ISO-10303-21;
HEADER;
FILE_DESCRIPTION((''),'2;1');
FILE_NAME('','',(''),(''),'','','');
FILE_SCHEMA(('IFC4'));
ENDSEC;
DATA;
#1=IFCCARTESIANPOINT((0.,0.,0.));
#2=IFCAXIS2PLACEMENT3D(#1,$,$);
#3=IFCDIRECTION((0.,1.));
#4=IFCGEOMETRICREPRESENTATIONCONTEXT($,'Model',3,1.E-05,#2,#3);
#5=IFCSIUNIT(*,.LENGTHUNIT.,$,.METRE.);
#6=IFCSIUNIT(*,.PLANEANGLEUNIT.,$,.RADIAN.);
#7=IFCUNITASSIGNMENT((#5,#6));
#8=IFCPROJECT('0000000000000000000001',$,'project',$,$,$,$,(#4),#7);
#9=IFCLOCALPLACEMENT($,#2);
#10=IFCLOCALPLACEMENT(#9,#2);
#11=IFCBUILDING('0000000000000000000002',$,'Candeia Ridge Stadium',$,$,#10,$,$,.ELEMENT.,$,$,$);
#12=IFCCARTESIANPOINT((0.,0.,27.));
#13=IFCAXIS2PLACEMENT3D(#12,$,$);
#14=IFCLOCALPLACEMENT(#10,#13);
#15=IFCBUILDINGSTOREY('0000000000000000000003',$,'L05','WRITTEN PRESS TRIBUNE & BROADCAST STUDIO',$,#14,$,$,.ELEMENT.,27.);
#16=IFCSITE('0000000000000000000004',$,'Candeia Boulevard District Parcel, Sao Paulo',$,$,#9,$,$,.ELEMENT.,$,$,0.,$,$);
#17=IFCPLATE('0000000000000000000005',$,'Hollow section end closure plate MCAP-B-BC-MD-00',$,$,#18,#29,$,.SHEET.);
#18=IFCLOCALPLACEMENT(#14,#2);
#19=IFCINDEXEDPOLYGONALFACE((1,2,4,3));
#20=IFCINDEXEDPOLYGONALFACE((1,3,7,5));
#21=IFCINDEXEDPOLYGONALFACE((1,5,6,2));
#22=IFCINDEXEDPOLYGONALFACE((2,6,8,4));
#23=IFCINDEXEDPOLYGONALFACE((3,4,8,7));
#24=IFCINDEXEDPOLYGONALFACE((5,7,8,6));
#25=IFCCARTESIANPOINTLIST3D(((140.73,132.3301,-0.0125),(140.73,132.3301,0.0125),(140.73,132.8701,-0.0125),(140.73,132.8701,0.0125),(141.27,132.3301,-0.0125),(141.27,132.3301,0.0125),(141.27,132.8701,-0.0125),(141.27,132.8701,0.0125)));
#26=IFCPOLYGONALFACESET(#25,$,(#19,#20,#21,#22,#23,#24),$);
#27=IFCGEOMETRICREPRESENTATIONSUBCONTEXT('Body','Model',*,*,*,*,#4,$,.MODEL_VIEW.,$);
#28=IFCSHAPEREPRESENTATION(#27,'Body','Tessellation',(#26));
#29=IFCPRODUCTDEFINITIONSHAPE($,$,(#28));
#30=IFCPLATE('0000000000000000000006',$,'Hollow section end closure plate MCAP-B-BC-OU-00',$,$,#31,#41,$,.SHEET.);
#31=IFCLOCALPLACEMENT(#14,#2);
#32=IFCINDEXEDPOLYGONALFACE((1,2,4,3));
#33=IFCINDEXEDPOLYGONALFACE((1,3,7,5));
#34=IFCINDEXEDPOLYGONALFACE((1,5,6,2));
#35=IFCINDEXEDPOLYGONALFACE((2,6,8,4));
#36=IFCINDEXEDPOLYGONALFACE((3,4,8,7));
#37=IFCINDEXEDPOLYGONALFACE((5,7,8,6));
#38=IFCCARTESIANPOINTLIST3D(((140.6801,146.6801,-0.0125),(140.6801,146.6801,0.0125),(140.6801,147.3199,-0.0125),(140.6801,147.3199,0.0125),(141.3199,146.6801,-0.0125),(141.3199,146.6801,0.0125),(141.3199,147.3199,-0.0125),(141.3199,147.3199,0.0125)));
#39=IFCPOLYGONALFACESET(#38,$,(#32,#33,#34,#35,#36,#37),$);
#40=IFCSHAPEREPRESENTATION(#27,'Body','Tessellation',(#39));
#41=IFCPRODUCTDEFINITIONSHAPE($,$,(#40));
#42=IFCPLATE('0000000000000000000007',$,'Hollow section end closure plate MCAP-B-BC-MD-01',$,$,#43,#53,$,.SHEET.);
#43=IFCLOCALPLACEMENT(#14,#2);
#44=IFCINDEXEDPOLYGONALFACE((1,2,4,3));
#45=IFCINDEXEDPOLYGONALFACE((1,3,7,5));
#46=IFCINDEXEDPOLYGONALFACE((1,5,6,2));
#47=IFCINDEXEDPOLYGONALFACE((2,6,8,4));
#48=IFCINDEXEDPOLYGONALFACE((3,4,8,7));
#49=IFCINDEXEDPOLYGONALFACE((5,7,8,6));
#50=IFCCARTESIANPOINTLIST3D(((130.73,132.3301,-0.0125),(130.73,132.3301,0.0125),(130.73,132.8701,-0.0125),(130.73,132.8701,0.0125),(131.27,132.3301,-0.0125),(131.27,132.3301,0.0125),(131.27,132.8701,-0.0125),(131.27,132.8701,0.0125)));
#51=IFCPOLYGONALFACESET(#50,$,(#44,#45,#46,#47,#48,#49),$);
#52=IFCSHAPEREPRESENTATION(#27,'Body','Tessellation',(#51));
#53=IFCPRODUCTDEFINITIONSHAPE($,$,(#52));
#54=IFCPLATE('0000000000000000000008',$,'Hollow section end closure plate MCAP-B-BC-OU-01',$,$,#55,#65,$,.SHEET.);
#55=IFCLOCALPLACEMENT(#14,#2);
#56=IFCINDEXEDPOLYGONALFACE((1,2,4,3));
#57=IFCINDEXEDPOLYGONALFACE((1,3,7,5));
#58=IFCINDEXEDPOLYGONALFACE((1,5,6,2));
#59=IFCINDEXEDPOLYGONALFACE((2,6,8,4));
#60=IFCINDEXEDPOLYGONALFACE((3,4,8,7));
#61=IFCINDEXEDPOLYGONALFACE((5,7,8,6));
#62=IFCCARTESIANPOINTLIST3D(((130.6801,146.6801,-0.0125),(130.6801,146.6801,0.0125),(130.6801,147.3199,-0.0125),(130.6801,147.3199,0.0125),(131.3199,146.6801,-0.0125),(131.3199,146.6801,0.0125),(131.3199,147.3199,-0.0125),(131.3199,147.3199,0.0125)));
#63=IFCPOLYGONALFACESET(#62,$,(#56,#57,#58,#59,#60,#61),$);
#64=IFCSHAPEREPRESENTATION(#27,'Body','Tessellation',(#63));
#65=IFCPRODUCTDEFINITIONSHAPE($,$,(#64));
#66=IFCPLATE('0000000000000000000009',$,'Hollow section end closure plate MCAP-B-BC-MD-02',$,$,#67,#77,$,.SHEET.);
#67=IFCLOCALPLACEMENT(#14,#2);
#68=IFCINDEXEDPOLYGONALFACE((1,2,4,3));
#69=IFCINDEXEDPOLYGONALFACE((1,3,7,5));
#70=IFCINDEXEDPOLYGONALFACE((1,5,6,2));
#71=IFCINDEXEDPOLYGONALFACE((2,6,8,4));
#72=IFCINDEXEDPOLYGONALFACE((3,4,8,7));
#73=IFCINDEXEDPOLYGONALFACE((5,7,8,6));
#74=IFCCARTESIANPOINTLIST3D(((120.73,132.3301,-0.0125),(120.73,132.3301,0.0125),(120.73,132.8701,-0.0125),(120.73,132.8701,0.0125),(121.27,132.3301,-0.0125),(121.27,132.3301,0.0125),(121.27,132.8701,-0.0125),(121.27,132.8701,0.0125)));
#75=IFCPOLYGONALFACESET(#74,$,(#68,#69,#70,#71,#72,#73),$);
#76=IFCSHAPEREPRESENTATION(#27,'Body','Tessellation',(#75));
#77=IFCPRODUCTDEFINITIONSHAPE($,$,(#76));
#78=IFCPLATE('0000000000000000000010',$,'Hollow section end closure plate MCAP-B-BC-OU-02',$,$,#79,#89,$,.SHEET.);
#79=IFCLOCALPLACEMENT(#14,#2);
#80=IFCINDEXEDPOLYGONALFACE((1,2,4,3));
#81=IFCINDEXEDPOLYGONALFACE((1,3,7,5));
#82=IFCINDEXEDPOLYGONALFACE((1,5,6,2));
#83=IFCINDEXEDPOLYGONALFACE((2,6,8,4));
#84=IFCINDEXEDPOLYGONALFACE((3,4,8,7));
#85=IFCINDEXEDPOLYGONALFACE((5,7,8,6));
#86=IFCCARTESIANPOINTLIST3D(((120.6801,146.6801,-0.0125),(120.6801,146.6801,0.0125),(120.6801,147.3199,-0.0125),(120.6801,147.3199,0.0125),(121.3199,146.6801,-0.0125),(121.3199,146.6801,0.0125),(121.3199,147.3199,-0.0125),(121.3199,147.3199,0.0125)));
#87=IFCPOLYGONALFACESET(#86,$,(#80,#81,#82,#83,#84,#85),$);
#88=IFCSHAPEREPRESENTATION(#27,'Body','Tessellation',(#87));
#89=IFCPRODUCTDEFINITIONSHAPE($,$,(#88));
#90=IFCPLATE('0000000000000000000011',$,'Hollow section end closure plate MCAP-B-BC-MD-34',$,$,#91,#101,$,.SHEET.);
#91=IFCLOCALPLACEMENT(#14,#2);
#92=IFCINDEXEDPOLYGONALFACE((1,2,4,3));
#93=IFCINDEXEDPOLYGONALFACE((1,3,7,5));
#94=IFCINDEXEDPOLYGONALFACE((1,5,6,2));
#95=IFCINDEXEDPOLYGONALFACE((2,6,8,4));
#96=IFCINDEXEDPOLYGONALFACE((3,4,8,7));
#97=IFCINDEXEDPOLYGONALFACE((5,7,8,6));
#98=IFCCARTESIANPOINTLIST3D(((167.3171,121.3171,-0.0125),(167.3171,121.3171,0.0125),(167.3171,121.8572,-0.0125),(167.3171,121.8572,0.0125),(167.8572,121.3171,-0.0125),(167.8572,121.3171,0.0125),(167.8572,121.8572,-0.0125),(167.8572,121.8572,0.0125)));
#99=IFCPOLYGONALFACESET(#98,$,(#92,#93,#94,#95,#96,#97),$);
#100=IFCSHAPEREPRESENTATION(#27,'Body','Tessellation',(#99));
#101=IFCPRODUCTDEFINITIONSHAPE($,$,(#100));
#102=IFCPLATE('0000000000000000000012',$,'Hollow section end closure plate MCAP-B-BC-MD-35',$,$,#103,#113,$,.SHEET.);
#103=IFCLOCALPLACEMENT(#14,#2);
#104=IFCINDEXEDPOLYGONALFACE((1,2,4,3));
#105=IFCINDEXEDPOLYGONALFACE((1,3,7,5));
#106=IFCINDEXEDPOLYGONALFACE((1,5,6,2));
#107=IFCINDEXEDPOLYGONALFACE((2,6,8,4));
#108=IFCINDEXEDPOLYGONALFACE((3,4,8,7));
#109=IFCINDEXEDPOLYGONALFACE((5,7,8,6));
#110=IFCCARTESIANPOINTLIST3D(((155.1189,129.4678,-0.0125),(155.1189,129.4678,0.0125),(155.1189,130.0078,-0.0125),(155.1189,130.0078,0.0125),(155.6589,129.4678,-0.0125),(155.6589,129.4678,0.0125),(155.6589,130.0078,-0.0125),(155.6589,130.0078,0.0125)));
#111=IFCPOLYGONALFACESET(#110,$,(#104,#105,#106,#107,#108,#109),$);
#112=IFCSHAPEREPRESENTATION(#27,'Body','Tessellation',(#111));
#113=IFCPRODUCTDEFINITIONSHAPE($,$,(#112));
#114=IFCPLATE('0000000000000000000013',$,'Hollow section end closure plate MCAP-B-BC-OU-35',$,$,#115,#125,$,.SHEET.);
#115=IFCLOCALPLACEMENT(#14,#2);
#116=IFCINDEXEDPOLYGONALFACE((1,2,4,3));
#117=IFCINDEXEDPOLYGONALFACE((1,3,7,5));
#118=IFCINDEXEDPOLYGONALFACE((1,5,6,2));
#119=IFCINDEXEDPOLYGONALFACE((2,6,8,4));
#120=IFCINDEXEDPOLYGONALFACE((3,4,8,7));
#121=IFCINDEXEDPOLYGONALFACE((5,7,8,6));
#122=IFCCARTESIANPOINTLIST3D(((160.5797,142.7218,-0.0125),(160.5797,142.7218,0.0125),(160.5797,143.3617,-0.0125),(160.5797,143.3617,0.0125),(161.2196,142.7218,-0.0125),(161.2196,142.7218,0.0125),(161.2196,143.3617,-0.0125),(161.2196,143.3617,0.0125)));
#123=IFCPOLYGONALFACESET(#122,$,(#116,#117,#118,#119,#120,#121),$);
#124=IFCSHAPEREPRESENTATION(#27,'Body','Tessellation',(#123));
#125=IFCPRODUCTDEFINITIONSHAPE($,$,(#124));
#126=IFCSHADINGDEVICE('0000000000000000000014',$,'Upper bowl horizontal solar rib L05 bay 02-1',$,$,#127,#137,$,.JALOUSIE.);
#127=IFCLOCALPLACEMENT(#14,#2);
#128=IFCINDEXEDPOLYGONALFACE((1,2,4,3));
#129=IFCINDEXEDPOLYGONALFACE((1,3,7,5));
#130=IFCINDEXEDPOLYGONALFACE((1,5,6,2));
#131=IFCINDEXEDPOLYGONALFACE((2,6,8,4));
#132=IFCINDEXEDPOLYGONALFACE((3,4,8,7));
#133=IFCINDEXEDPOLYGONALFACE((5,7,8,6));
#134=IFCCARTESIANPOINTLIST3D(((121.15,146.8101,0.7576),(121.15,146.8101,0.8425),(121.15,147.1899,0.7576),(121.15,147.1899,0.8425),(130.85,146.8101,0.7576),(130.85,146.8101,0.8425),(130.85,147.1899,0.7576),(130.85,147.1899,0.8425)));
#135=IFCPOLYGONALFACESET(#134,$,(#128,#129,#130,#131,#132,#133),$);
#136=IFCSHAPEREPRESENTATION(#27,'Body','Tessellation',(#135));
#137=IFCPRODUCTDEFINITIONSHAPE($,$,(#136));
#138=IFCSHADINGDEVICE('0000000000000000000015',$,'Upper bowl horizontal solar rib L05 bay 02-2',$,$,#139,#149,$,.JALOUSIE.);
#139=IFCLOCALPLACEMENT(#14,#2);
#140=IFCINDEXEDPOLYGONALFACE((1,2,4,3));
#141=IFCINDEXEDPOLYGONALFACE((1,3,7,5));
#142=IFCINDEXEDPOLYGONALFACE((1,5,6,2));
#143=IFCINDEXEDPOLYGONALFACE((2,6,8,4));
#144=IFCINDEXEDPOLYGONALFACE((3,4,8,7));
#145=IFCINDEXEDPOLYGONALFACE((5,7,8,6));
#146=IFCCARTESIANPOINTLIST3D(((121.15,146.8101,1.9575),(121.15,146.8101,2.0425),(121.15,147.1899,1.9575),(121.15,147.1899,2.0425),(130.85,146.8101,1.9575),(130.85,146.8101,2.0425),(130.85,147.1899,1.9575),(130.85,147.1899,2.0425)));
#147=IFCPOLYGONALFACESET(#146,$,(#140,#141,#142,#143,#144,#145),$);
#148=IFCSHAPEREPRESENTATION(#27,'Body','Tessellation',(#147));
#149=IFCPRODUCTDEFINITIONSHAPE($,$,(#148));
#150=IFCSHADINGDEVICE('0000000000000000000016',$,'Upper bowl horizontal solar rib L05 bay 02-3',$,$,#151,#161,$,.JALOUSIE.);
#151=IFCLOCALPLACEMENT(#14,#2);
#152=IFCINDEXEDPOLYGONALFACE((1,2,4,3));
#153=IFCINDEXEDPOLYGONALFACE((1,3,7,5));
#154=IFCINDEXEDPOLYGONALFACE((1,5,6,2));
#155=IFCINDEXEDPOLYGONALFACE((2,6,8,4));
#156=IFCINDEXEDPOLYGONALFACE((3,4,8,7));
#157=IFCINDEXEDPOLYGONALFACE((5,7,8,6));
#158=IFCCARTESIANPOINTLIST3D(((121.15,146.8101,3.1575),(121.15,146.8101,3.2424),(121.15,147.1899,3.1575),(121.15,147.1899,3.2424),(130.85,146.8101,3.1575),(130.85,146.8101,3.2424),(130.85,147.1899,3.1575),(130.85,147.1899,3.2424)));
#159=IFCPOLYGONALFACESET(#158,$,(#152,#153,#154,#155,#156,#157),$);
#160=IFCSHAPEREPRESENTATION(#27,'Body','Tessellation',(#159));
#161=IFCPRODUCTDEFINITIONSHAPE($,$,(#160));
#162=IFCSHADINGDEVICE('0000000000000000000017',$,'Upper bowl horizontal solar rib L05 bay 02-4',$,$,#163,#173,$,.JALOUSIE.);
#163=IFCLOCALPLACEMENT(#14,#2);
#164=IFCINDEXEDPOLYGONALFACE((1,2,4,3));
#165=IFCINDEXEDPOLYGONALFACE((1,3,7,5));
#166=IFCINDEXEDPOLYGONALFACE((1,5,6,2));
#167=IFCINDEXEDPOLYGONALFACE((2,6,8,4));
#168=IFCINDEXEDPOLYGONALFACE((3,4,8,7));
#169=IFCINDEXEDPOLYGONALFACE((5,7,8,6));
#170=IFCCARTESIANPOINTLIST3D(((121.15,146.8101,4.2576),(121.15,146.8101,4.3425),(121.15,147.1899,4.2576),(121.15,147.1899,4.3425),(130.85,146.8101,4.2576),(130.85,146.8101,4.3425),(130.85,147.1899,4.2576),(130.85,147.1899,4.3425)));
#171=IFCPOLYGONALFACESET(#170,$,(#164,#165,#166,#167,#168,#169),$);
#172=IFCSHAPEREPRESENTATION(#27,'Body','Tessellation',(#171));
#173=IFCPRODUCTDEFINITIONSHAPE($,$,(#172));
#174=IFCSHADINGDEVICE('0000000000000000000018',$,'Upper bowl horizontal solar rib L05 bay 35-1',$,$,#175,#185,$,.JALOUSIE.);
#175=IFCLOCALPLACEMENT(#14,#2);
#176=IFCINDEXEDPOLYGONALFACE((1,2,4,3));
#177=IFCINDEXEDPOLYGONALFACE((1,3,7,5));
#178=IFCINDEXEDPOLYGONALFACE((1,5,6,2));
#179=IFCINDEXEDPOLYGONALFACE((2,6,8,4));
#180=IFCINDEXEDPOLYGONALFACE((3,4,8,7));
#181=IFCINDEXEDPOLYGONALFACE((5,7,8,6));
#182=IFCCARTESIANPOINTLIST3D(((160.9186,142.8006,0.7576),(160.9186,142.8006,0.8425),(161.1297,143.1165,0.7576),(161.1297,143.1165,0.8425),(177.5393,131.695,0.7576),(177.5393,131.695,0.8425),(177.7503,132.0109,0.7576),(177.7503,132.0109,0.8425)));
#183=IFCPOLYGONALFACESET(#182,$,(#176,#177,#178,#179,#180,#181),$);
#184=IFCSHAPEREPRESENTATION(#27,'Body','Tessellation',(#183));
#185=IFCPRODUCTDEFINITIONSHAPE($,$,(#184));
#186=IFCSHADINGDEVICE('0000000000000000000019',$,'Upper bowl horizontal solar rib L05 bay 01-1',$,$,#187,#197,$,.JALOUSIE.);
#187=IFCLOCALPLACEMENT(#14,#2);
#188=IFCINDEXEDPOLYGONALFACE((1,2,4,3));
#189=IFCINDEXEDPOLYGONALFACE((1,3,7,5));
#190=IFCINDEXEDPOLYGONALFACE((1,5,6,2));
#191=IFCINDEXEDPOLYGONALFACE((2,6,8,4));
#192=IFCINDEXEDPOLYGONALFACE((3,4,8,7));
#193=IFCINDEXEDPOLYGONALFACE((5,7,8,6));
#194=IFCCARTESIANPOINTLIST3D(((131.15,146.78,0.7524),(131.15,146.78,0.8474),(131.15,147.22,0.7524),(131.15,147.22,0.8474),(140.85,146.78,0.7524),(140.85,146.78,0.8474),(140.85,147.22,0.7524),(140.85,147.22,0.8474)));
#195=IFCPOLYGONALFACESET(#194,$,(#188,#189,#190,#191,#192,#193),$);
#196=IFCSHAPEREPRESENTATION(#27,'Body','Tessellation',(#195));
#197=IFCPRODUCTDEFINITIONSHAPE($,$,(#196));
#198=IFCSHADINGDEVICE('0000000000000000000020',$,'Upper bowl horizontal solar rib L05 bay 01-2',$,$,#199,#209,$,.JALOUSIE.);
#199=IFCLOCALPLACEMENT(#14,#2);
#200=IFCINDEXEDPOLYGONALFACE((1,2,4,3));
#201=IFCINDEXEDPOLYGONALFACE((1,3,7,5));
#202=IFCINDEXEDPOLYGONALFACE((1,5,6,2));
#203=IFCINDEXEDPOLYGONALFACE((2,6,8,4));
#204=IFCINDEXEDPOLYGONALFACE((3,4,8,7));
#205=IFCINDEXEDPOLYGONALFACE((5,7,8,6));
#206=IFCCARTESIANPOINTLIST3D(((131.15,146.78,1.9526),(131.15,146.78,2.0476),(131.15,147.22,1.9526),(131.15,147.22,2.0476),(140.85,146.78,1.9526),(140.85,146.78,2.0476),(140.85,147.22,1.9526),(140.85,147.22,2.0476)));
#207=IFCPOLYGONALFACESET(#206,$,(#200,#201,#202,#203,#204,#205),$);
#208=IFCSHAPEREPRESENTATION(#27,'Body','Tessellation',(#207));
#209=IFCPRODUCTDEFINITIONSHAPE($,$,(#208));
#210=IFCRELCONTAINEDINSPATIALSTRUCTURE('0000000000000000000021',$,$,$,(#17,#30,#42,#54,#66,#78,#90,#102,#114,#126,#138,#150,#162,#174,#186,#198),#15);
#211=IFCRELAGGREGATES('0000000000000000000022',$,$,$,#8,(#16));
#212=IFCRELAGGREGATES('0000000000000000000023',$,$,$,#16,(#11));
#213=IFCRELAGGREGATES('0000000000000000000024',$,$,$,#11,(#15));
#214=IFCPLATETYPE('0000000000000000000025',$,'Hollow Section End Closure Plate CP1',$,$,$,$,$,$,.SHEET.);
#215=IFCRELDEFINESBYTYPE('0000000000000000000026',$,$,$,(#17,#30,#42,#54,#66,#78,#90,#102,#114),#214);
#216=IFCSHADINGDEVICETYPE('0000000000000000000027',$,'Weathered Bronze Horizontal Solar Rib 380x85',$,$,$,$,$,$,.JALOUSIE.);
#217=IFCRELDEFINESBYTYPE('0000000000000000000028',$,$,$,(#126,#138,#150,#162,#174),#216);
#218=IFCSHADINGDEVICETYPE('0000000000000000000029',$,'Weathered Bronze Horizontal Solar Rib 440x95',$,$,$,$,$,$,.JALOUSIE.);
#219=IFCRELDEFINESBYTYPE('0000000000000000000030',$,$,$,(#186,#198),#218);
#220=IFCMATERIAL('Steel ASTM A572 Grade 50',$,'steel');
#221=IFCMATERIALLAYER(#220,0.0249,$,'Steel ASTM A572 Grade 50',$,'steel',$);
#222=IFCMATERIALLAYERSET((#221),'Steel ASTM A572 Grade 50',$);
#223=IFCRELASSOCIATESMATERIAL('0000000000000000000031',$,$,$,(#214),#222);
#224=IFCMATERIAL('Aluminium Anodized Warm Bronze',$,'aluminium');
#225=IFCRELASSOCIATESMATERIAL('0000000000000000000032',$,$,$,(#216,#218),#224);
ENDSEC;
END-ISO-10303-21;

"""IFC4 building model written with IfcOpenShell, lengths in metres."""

from ifc_helpers import new_model, si_unit, direction, frame, origin, origin_2d, place, context, subcontext, project, spatial, rectangle, extrude, material, layer, layer_set, type_object, element, save


model = new_model("IFC4")

# Units and contexts
model_context = context("Model", 3, precision=1e-05, world=origin(), true_north=direction((0.0, 1.0)))
body_context = subcontext(model_context, "Body", "Model", "MODEL_VIEW")
ifc_project = project(units=[si_unit("LENGTHUNIT", "METRE"), si_unit("PLANEANGLEUNIT", "RADIAN")], contexts=[model_context])

# Site, building, storey
site_placement = place(None, origin())
site = spatial("IfcSite", under=ifc_project, at=site_placement, Name="Candeia Boulevard District Parcel, Sao Paulo", CompositionType="ELEMENT", RefElevation=0.0)
building_placement = place(site_placement, origin())
building = spatial("IfcBuilding", under=site, at=building_placement, Name="Candeia Ridge Stadium", CompositionType="ELEMENT")
storey_placement = place(building_placement, frame((0.0, 0.0, 27.0)))
storey = spatial("IfcBuildingStorey", under=building, at=storey_placement, Name="L05", Description="WRITTEN PRESS TRIBUNE & BROADCAST STUDIO", CompositionType="ELEMENT", Elevation=27.0)

# Shared definitions
ifc_material_1 = material(Name="Steel ASTM A572 Grade 50", Category="steel")

# Plates
ifc_layer = layer(ifc_material_1, 0.0249, Name="Steel ASTM A572 Grade 50", Category="steel")
ifc_layer_set = layer_set([ifc_layer], Name="Steel ASTM A572 Grade 50")
plate_type = type_object("IfcPlateType", Name="Hollow Section End Closure Plate CP1", PredefinedType="SHEET", material=ifc_layer_set)
plate_1_placement = place(storey_placement, frame((141.0, 132.6001, -0.0125), z_axis=(0.0, 0.0, 1.0), x_axis=(1.0, 0.0, 0.0)))
element("IfcPlate", 1, at=plate_1_placement, inside=storey, type_object=plate_type, Name="Hollow section end closure plate MCAP-B-BC-MD-00", PredefinedType="SHEET", context=body_context, shape_type="SweptSolid", body=[
    extrude(rectangle(XDim=0.54, YDim=0.54, at=origin_2d()), origin(), (0.0, 0.0, 1.0), 0.0249),
])
plate_2_placement = place(storey_placement, frame((141.0, 147.0, -0.0125), z_axis=(0.0, 0.0, 1.0), x_axis=(1.0, 0.0, 0.0)))
element("IfcPlate", 2, at=plate_2_placement, inside=storey, type_object=plate_type, Name="Hollow section end closure plate MCAP-B-BC-OU-00", PredefinedType="SHEET", context=body_context, shape_type="SweptSolid", body=[
    extrude(rectangle(XDim=0.6399, YDim=0.6399, at=origin_2d()), origin(), (0.0, 0.0, 1.0), 0.0249),
])
plate_3_placement = place(storey_placement, frame((131.0, 132.6001, -0.0125), z_axis=(0.0, 0.0, 1.0), x_axis=(1.0, 0.0, 0.0)))
element("IfcPlate", 3, at=plate_3_placement, inside=storey, type_object=plate_type, Name="Hollow section end closure plate MCAP-B-BC-MD-01", PredefinedType="SHEET", context=body_context, shape_type="SweptSolid", body=[
    extrude(rectangle(XDim=0.54, YDim=0.54, at=origin_2d()), origin(), (0.0, 0.0, 1.0), 0.0249),
])
plate_4_placement = place(storey_placement, frame((131.0, 147.0, -0.0125), z_axis=(0.0, 0.0, 1.0), x_axis=(1.0, 0.0, 0.0)))
element("IfcPlate", 4, at=plate_4_placement, inside=storey, type_object=plate_type, Name="Hollow section end closure plate MCAP-B-BC-OU-01", PredefinedType="SHEET", context=body_context, shape_type="SweptSolid", body=[
    extrude(rectangle(XDim=0.6399, YDim=0.6399, at=origin_2d()), origin(), (0.0, 0.0, 1.0), 0.0249),
])
plate_5_placement = place(storey_placement, frame((121.0, 132.6001, -0.0125), z_axis=(0.0, 0.0, 1.0), x_axis=(1.0, 0.0, 0.0)))
element("IfcPlate", 5, at=plate_5_placement, inside=storey, type_object=plate_type, Name="Hollow section end closure plate MCAP-B-BC-MD-02", PredefinedType="SHEET", context=body_context, shape_type="SweptSolid", body=[
    extrude(rectangle(XDim=0.54, YDim=0.54, at=origin_2d()), origin(), (0.0, 0.0, 1.0), 0.0249),
])
plate_6_placement = place(storey_placement, frame((121.0, 147.0, -0.0125), z_axis=(0.0, 0.0, 1.0), x_axis=(1.0, 0.0, 0.0)))
element("IfcPlate", 6, at=plate_6_placement, inside=storey, type_object=plate_type, Name="Hollow section end closure plate MCAP-B-BC-OU-02", PredefinedType="SHEET", context=body_context, shape_type="SweptSolid", body=[
    extrude(rectangle(XDim=0.6399, YDim=0.6399, at=origin_2d()), origin(), (0.0, 0.0, 1.0), 0.0249),
])
for number, where, z_axis, x_axis, name in (
    (7, (167.5872, 121.5872, -0.0125), (0.0, 0.0, 1.0), (1.0, 0.0, 0.0), "Hollow section end closure plate MCAP-B-BC-MD-34"),
    (8, (155.3889, 129.7378, -0.0125), (0.0, 0.0, 1.0), (1.0, 0.0, 0.0), "Hollow section end closure plate MCAP-B-BC-MD-35"),
):
    element("IfcPlate", number, at=place(storey_placement, frame(where, z_axis=z_axis, x_axis=x_axis)), inside=storey, type_object=plate_type, Name=name, PredefinedType="SHEET", context=body_context, shape_type="SweptSolid", body=[
        extrude(rectangle(XDim=0.54, YDim=0.54, at=origin_2d()), origin(), (0.0, 0.0, 1.0), 0.0249),
    ])
plate_7_placement = place(storey_placement, frame((160.8997, 143.0417, -0.0125), z_axis=(0.0, 0.0, 1.0), x_axis=(1.0, 0.0, 0.0)))
element("IfcPlate", 9, at=plate_7_placement, inside=storey, type_object=plate_type, Name="Hollow section end closure plate MCAP-B-BC-OU-35", PredefinedType="SHEET", context=body_context, shape_type="SweptSolid", body=[
    extrude(rectangle(XDim=0.6399, YDim=0.6399, at=origin_2d()), origin(), (0.0, 0.0, 1.0), 0.0249),
])

# Shading devices
ifc_material_2 = material(Name="Aluminium Anodized Warm Bronze", Category="aluminium")
shading_device_type_1 = type_object("IfcShadingDeviceType", Name="Weathered Bronze Horizontal Solar Rib 380x85", PredefinedType="JALOUSIE", material=ifc_material_2)
for number, where, z_axis, x_axis, name in (
    (10, (126.0, 147.0, 0.7576), (0.0, 0.0, 1.0), (-1.0, 0.0, 0.0), "Upper bowl horizontal solar rib L05 bay 02-1"),
    (11, (126.0, 147.0, 1.9575), (0.0, 0.0, 1.0), (-1.0, 0.0, 0.0), "Upper bowl horizontal solar rib L05 bay 02-2"),
    (12, (126.0, 147.0, 3.1575), (0.0, 0.0, 1.0), (-1.0, 0.0, 0.0), "Upper bowl horizontal solar rib L05 bay 02-3"),
    (13, (126.0, 147.0, 4.2576), (0.0, 0.0, 1.0), (-1.0, 0.0, 0.0), "Upper bowl horizontal solar rib L05 bay 02-4"),
):
    element("IfcShadingDevice", number, at=place(storey_placement, frame(where, z_axis=z_axis, x_axis=x_axis)), inside=storey, type_object=shading_device_type_1, Name=name, PredefinedType="JALOUSIE", context=body_context, shape_type="SweptSolid", body=[
        extrude(rectangle(XDim=9.7, YDim=0.3799, at=origin_2d()), origin(), (0.0, 0.0, 1.0), 0.085),
    ])
shading_device_placement = place(storey_placement, frame((169.3345, 137.4058, 0.7576), z_axis=(0.0, 0.0, 1.0), x_axis=(-0.83147, 0.55557, 0.0)))
element("IfcShadingDevice", 14, at=shading_device_placement, inside=storey, type_object=shading_device_type_1, Name="Upper bowl horizontal solar rib L05 bay 35-1", PredefinedType="JALOUSIE", context=body_context, shape_type="SweptSolid", body=[
    extrude(rectangle(XDim=19.9895, YDim=0.3799, at=origin_2d()), origin(), (0.0, 0.0, 1.0), 0.085),
])
shading_device_type_2 = type_object("IfcShadingDeviceType", Name="Weathered Bronze Horizontal Solar Rib 440x95", PredefinedType="JALOUSIE", material=ifc_material_2)
for number, where, z_axis, x_axis, name in (
    (15, (136.0, 147.0, 0.7524), (0.0, 0.0, 1.0), (-1.0, 0.0, 0.0), "Upper bowl horizontal solar rib L05 bay 01-1"),
    (16, (136.0, 147.0, 1.9526), (0.0, 0.0, 1.0), (-1.0, 0.0, 0.0), "Upper bowl horizontal solar rib L05 bay 01-2"),
):
    element("IfcShadingDevice", number, at=place(storey_placement, frame(where, z_axis=z_axis, x_axis=x_axis)), inside=storey, type_object=shading_device_type_2, Name=name, PredefinedType="JALOUSIE", context=body_context, shape_type="SweptSolid", body=[
        extrude(rectangle(XDim=9.7, YDim=0.4399, at=origin_2d()), origin(), (0.0, 0.0, 1.0), 0.095),
    ])

save(model, "model.ifc")
